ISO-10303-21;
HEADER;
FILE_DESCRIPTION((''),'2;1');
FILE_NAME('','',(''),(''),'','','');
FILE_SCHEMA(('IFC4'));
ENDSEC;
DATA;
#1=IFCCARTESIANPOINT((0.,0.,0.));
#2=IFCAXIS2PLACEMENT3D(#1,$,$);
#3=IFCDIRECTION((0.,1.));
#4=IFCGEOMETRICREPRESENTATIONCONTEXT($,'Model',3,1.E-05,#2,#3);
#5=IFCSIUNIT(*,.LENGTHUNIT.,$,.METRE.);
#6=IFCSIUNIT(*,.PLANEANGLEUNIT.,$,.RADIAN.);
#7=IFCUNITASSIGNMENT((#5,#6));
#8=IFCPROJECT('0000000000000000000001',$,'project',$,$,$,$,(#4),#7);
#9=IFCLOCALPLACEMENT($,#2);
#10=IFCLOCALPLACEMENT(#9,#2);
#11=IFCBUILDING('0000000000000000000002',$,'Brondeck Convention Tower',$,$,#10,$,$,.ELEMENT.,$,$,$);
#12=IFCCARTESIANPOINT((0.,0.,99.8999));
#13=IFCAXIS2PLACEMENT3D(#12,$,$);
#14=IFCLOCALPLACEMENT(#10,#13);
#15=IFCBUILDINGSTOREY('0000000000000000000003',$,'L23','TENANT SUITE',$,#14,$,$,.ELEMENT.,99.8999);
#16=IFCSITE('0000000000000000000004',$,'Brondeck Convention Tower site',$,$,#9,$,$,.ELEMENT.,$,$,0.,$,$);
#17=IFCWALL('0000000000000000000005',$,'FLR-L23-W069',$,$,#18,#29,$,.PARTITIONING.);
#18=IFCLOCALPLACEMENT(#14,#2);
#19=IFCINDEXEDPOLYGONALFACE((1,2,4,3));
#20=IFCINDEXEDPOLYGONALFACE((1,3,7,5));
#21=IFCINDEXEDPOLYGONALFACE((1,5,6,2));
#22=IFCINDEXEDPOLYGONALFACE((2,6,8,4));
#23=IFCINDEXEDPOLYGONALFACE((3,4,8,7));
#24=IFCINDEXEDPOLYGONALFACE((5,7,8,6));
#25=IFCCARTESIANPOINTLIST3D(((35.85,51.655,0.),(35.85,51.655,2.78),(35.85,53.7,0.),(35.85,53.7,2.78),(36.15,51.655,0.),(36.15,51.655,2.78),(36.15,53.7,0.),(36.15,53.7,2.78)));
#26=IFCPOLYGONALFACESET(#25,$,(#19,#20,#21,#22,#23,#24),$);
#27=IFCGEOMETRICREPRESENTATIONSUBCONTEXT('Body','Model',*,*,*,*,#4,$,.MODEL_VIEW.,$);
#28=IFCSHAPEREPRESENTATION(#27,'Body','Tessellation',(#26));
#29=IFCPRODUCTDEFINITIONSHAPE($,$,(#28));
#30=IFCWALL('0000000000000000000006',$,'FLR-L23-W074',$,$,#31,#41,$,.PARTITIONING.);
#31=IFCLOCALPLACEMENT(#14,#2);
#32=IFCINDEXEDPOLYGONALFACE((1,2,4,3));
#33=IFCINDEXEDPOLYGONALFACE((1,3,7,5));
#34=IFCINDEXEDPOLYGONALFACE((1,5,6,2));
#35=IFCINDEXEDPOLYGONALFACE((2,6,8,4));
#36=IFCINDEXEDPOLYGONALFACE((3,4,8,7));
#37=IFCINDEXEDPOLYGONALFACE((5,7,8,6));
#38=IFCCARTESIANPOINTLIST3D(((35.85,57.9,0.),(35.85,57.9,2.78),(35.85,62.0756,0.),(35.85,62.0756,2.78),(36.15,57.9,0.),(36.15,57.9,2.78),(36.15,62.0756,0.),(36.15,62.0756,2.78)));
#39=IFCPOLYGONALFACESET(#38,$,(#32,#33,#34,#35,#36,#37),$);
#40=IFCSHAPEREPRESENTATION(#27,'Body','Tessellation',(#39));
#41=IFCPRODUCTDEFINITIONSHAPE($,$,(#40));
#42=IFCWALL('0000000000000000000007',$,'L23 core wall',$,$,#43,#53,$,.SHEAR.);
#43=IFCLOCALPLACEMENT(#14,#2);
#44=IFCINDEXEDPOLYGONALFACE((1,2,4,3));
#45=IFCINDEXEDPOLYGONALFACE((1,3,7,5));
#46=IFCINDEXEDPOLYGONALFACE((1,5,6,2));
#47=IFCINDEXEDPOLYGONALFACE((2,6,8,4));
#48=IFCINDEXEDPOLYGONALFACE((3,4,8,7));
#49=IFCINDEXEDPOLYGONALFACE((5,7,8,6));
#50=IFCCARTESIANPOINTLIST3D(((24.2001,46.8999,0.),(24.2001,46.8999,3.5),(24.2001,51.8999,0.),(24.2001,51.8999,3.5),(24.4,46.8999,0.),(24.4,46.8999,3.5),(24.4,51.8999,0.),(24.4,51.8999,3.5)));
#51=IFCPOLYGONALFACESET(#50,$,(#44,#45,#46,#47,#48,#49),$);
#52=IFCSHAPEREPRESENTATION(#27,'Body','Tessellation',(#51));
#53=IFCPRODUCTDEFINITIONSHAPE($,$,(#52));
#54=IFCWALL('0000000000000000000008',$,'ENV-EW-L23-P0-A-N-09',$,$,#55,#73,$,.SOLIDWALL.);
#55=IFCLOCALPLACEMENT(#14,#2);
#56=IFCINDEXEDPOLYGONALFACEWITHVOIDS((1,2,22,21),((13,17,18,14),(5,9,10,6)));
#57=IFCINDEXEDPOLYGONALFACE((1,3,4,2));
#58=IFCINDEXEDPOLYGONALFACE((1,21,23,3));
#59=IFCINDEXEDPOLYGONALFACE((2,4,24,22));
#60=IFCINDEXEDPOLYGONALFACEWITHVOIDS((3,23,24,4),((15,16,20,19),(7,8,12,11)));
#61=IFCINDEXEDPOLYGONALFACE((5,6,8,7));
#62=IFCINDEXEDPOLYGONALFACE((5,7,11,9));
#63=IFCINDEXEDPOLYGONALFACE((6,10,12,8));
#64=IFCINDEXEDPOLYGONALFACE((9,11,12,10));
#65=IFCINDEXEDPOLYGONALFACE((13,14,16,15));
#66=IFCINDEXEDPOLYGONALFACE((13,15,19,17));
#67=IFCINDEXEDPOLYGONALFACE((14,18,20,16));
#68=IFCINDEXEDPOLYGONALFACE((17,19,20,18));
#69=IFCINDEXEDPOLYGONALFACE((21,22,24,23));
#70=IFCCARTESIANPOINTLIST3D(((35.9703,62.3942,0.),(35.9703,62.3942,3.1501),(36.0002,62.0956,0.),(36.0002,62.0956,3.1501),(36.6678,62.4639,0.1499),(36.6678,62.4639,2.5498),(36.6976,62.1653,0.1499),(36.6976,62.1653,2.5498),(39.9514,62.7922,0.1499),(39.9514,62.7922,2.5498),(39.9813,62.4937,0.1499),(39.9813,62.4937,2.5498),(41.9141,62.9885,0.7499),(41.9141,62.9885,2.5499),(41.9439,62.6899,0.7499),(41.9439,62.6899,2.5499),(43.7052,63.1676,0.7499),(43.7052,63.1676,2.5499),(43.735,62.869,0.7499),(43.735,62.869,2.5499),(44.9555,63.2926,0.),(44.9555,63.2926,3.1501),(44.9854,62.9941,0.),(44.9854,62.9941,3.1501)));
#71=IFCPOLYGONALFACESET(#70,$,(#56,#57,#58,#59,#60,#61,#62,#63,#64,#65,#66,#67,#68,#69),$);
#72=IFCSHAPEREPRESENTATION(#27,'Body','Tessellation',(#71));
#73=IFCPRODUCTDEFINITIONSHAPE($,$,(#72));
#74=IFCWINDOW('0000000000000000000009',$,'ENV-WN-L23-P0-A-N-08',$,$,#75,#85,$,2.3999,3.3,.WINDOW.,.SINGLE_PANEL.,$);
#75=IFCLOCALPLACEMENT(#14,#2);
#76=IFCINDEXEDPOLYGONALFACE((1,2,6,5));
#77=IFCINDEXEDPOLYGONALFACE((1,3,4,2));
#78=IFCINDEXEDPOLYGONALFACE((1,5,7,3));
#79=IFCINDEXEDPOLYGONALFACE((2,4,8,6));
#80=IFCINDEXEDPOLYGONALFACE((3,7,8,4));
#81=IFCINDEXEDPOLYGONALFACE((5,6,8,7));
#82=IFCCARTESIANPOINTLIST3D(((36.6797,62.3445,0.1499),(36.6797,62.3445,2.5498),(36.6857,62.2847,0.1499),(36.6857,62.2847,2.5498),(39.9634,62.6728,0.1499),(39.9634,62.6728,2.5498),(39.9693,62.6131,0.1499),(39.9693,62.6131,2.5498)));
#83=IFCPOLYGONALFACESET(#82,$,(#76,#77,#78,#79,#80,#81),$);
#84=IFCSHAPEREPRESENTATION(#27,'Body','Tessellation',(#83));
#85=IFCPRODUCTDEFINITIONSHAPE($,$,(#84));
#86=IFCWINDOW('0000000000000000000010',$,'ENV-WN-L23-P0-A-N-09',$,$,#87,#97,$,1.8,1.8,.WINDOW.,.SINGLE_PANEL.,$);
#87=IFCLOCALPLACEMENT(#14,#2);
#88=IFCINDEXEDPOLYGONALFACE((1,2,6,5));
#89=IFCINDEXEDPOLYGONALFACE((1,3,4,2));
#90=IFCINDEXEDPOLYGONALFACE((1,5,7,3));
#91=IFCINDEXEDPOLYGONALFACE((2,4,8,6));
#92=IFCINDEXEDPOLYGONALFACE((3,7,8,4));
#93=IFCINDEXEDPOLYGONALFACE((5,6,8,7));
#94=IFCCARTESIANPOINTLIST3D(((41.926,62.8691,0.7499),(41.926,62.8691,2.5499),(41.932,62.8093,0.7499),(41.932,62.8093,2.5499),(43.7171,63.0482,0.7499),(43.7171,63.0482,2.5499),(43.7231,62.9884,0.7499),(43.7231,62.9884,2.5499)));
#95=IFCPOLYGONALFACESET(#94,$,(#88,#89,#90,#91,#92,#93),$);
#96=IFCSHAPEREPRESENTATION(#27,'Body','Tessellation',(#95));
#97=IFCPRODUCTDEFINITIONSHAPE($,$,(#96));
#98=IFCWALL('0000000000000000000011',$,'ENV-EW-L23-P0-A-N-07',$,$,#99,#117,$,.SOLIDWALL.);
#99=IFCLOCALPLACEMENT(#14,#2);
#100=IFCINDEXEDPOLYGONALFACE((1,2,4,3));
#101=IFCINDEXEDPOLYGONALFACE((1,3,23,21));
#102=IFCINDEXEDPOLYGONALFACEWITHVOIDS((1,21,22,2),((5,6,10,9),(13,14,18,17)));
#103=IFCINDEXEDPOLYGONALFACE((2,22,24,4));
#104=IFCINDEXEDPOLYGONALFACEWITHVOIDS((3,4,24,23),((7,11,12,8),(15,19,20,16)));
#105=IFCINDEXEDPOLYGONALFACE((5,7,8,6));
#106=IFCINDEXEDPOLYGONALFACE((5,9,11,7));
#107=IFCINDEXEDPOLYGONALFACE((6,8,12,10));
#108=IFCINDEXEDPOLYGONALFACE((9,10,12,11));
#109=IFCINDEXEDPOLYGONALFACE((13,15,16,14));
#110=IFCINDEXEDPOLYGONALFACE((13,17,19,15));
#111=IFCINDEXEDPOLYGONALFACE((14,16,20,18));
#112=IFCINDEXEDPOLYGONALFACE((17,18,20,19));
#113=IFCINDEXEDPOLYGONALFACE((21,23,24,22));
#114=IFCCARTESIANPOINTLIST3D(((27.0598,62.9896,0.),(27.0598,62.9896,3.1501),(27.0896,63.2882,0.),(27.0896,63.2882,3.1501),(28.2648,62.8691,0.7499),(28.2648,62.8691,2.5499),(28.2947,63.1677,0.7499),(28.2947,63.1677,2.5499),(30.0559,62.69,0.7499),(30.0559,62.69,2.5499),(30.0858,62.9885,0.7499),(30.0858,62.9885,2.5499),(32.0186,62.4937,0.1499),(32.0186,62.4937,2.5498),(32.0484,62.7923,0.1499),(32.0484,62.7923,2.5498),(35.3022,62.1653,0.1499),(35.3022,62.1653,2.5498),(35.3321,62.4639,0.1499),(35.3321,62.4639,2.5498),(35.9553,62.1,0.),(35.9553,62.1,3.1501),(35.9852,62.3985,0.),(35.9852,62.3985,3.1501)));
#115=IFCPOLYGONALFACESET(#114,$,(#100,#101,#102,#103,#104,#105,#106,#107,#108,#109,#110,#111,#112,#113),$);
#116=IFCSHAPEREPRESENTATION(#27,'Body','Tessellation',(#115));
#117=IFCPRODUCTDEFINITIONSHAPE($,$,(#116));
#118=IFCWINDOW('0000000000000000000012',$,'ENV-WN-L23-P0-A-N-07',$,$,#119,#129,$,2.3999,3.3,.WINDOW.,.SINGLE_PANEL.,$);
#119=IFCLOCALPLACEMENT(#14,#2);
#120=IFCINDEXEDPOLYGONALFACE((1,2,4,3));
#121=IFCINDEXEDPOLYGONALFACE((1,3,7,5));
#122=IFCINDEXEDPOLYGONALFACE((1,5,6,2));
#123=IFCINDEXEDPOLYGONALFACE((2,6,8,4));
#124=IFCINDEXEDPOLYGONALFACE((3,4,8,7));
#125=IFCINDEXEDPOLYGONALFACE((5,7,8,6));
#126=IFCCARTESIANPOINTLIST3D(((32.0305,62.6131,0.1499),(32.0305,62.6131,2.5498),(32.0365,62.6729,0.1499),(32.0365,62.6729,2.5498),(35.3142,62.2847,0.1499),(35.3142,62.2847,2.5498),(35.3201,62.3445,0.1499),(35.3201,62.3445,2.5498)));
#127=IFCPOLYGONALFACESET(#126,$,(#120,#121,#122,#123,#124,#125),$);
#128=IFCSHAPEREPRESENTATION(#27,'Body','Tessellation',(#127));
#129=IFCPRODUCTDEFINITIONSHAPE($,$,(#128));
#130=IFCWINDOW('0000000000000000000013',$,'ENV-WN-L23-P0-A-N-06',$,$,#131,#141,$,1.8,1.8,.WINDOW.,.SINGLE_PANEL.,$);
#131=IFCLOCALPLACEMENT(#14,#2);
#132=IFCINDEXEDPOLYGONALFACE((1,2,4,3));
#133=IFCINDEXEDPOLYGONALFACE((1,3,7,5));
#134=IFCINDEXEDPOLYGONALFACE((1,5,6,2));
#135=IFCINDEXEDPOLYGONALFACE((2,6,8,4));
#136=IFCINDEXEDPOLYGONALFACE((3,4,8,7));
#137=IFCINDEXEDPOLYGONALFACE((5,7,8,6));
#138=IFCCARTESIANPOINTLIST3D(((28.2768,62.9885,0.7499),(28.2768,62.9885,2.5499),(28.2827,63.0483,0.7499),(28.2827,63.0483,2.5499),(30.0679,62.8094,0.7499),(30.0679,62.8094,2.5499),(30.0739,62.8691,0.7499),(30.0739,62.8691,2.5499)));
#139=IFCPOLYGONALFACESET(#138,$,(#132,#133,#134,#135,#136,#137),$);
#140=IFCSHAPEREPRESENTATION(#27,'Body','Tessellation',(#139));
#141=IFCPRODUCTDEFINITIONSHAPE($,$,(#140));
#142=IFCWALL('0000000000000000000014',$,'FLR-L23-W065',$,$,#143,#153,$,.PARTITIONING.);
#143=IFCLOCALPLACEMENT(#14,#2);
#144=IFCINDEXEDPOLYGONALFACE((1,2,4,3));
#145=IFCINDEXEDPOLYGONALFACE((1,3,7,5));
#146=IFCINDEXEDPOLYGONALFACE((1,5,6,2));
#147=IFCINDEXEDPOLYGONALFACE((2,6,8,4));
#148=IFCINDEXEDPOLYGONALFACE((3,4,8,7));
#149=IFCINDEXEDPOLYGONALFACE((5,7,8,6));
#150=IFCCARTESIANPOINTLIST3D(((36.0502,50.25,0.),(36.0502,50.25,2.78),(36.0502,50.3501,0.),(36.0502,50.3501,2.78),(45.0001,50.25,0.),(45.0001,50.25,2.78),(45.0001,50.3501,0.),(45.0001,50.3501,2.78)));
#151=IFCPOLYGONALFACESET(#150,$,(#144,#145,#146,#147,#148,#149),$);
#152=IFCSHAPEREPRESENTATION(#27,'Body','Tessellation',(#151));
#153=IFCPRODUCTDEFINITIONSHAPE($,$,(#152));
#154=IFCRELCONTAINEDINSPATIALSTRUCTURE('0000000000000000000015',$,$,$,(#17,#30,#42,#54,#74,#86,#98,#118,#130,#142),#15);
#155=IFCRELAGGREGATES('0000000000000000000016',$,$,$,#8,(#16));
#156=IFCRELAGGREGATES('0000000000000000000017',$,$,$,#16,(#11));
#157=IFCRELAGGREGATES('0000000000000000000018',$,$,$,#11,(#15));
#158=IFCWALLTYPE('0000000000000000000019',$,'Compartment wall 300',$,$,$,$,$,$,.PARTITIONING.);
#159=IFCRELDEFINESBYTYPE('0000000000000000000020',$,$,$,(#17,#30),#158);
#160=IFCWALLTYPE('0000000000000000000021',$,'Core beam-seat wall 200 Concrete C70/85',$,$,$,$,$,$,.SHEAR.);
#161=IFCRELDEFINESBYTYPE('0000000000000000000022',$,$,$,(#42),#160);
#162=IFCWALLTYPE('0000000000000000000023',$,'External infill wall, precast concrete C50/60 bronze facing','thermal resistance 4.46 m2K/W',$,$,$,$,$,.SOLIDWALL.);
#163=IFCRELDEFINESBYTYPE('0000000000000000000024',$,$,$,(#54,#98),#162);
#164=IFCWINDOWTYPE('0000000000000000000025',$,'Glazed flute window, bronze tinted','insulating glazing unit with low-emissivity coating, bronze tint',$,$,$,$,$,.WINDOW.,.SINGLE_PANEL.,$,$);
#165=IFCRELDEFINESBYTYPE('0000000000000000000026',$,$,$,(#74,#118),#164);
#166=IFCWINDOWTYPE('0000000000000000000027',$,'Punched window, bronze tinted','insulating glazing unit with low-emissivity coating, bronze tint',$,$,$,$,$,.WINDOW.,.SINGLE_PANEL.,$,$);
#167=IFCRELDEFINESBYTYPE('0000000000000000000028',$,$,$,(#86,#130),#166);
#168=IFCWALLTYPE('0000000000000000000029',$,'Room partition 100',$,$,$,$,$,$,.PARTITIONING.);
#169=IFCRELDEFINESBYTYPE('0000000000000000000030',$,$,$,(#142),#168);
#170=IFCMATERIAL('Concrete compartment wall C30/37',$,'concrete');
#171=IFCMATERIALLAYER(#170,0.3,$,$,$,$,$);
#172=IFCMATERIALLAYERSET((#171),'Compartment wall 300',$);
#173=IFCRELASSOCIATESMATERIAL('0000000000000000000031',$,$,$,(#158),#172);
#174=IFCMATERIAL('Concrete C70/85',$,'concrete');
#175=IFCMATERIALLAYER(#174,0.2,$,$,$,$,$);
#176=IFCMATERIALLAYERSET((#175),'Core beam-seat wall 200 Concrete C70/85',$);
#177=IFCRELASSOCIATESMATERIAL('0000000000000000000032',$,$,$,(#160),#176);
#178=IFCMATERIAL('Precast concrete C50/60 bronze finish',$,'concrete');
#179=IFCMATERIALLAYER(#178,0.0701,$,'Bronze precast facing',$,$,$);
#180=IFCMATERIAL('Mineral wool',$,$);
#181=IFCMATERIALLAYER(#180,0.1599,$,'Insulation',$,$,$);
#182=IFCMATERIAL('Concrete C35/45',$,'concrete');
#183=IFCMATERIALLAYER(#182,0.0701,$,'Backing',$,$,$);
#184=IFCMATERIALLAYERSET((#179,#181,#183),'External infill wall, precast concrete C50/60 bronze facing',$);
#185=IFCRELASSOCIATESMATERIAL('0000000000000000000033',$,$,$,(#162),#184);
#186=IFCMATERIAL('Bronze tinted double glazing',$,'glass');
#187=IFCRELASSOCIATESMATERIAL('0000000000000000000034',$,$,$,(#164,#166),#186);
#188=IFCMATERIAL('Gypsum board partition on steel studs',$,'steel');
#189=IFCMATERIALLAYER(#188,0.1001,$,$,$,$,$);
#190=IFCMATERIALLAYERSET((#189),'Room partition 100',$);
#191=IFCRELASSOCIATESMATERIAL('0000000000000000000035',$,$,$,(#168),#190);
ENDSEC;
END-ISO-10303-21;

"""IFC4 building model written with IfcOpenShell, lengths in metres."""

from ifc_helpers import new_model, si_unit, direction, frame, frame_2d, origin, place, context, subcontext, project, spatial, rectangle, extrude, material, layer, layer_set, type_object, element, fill, save


model = new_model("IFC4")

# Units and contexts
model_context = context("Model", 3, precision=1e-05, world=origin(), true_north=direction((0.0, 1.0)))
body_context = subcontext(model_context, "Body", "Model", "MODEL_VIEW")
ifc_project = project(units=[si_unit("LENGTHUNIT", "METRE"), si_unit("PLANEANGLEUNIT", "RADIAN")], contexts=[model_context])

# Site, building, storey
site_placement = place(None, origin())
site = spatial("IfcSite", under=ifc_project, at=site_placement, Name="Brondeck Convention Tower site", CompositionType="ELEMENT", RefElevation=0.0)
building_placement = place(site_placement, origin())
building = spatial("IfcBuilding", under=site, at=building_placement, Name="Brondeck Convention Tower", CompositionType="ELEMENT")
storey_placement = place(building_placement, frame((0.0, 0.0, 99.8999)))
storey = spatial("IfcBuildingStorey", under=building, at=storey_placement, Name="L23", Description="TENANT SUITE", CompositionType="ELEMENT", Elevation=99.8999)

# Shared definitions
ifc_material_1 = material(Name="Concrete C70/85", Category="concrete")

# Walls
ifc_material_2 = material(Name="Concrete compartment wall C30/37", Category="concrete")
ifc_layer_1 = layer(ifc_material_2, 0.3)
ifc_layer_set_1 = layer_set([ifc_layer_1], Name="Compartment wall 300")
wall_type_1 = type_object("IfcWallType", Name="Compartment wall 300", PredefinedType="PARTITIONING", material=ifc_layer_set_1)
wall_1_placement = place(storey_placement, frame((36.0, 51.655, 0.0), z_axis=(0.0, 0.0, 1.0), x_axis=(0.0, 1.0, 0.0)))
element("IfcWall", 1, at=wall_1_placement, inside=storey, type_object=wall_type_1, Name="FLR-L23-W069", PredefinedType="PARTITIONING", context=body_context, shape_type="SweptSolid", body=[
    extrude(rectangle(XDim=2.0449, YDim=0.3, at=frame_2d((1.0225, 0.0))), origin(), (0.0, 0.0, 1.0), 2.78),
])
wall_2_placement = place(storey_placement, frame((36.0, 57.8999, 0.0), z_axis=(0.0, 0.0, 1.0), x_axis=(0.0, 1.0, 0.0)))
element("IfcWall", 2, at=wall_2_placement, inside=storey, type_object=wall_type_1, Name="FLR-L23-W074", PredefinedType="PARTITIONING", context=body_context, shape_type="SweptSolid", body=[
    extrude(rectangle(XDim=4.1755, YDim=0.3, at=frame_2d((2.0879, 0.0))), origin(), (0.0, 0.0, 1.0), 2.78),
])
ifc_layer_2 = layer(ifc_material_1, 0.2)
ifc_layer_set_2 = layer_set([ifc_layer_2], Name="Core beam-seat wall 200 Concrete C70/85")
wall_type_2 = type_object("IfcWallType", Name="Core beam-seat wall 200 Concrete C70/85", PredefinedType="SHEAR", material=ifc_layer_set_2)
wall_3_placement = place(storey_placement, frame((24.3, 46.8999, 0.0), z_axis=(0.0, 0.0, 1.0), x_axis=(0.0, 1.0, 0.0)))
element("IfcWall", 3, at=wall_3_placement, inside=storey, type_object=wall_type_2, Name="L23 core wall", PredefinedType="SHEAR", context=body_context, shape_type="SweptSolid", body=[
    extrude(rectangle(XDim=5.0, YDim=0.2, at=frame_2d((2.5, 0.0))), origin(), (0.0, 0.0, 1.0), 3.5),
])

# Walls, openings, windows
ifc_material_3 = material(Name="Precast concrete C50/60 bronze finish", Category="concrete")
ifc_layer_3 = layer(ifc_material_3, 0.0701, Name="Bronze precast facing")
ifc_material_4 = material(Name="Mineral wool")
ifc_layer_4 = layer(ifc_material_4, 0.1599, Name="Insulation")
ifc_material_5 = material(Name="Concrete C35/45", Category="concrete")
ifc_layer_5 = layer(ifc_material_5, 0.0701, Name="Backing")
ifc_layer_set_3 = layer_set([ifc_layer_3, ifc_layer_4, ifc_layer_5], Name="External infill wall, precast concrete C50/60 bronze facing")
wall_type_3 = type_object("IfcWallType", Name="External infill wall, precast concrete C50/60 bronze facing", Description="thermal resistance 4.46 m2K/W", PredefinedType="SOLIDWALL", material=ifc_layer_set_3)
wall_4_placement = place(storey_placement, frame((35.9851, 62.2449, 0.0), z_axis=(0.0, 0.0, 1.0), x_axis=(0.995038, 0.099496, 0.0)))
wall_4 = element("IfcWall", 4, at=wall_4_placement, inside=storey, type_object=wall_type_3, Name="ENV-EW-L23-P0-A-N-09", PredefinedType="SOLIDWALL", context=body_context, shape_type="SweptSolid", body=[
    extrude(rectangle(XDim=9.03, YDim=0.3, at=frame_2d((4.5151, 0.0))), origin(), (0.0, 0.0, 1.0), 3.1501),
])
opening_1_placement = place(wall_4_placement, frame((0.7012, 0.0, 0.1499)))
opening_1 = element("IfcOpeningElement", 5, at=opening_1_placement, cuts=wall_4, PredefinedType="OPENING", context=body_context, shape_type="SweptSolid", body=[
    extrude(rectangle(XDim=3.3, YDim=2.3999, at=frame_2d((1.6499, 1.2))), frame((0.0, 0.1599, 0.0), z_axis=(0.0, -1.0, 0.0), x_axis=(1.0, 0.0, 0.0)), (0.0, 0.0, 1.0), 0.3201),
])
opening_2_placement = place(wall_4_placement, frame((5.9736, 0.0, 0.75)))
opening_2 = element("IfcOpeningElement", 6, at=opening_2_placement, cuts=wall_4, PredefinedType="OPENING", context=body_context, shape_type="SweptSolid", body=[
    extrude(rectangle(XDim=1.8, YDim=1.8, at=frame_2d((0.8999, 0.8999))), frame((0.0, 0.1599, 0.0), z_axis=(0.0, -1.0, 0.0), x_axis=(1.0, 0.0, 0.0)), (0.0, 0.0, 1.0), 0.3201),
])
ifc_material_6 = material(Name="Bronze tinted double glazing", Category="glass")
window_type_1 = type_object("IfcWindowType", Name="Glazed flute window, bronze tinted", Description="insulating glazing unit with low-emissivity coating, bronze tint", PartitioningType="SINGLE_PANEL", PredefinedType="WINDOW", material=ifc_material_6)
window_1_placement = place(opening_1_placement, origin())
window_1 = element("IfcWindow", 7, at=window_1_placement, inside=storey, type_object=window_type_1, Name="ENV-WN-L23-P0-A-N-08", OverallHeight=2.3999, OverallWidth=3.3, PartitioningType="SINGLE_PANEL", PredefinedType="WINDOW", context=body_context, shape_type="SweptSolid", body=[
    extrude(rectangle(XDim=3.3, YDim=2.3999, at=frame_2d((1.6499, 1.2))), frame((0.0, 0.03, 0.0), z_axis=(0.0, -1.0, 0.0), x_axis=(1.0, 0.0, 0.0)), (0.0, 0.0, 1.0), 0.0601),
])
fill(opening_1, window_1)
window_type_2 = type_object("IfcWindowType", Name="Punched window, bronze tinted", Description="insulating glazing unit with low-emissivity coating, bronze tint", PartitioningType="SINGLE_PANEL", PredefinedType="WINDOW", material=ifc_material_6)
window_2_placement = place(opening_2_placement, origin())
window_2 = element("IfcWindow", 8, at=window_2_placement, inside=storey, type_object=window_type_2, Name="ENV-WN-L23-P0-A-N-09", OverallHeight=1.8, OverallWidth=1.8, PartitioningType="SINGLE_PANEL", PredefinedType="WINDOW", context=body_context, shape_type="SweptSolid", body=[
    extrude(rectangle(XDim=1.8, YDim=1.8, at=frame_2d((0.8999, 0.8999))), frame((0.0, 0.03, 0.0), z_axis=(0.0, -1.0, 0.0), x_axis=(1.0, 0.0, 0.0)), (0.0, 0.0, 1.0), 0.0601),
])
fill(opening_2, window_2)
wall_5_placement = place(storey_placement, frame((27.0747, 63.1389, 0.0), z_axis=(0.0, 0.0, 1.0), x_axis=(0.995036, -0.099515, 0.0)))
wall_5 = element("IfcWall", 9, at=wall_5_placement, inside=storey, type_object=wall_type_3, Name="ENV-EW-L23-P0-A-N-07", PredefinedType="SOLIDWALL", context=body_context, shape_type="SweptSolid", body=[
    extrude(rectangle(XDim=8.9399, YDim=0.3, at=frame_2d((4.47, 0.0))), origin(), (0.0, 0.0, 1.0), 3.1501),
])
opening_3_placement = place(wall_5_placement, frame((1.2112, 0.0, 0.75)))
opening_3 = element("IfcOpeningElement", 10, at=opening_3_placement, cuts=wall_5, PredefinedType="OPENING", context=body_context, shape_type="SweptSolid", body=[
    extrude(rectangle(XDim=1.8, YDim=1.8, at=frame_2d((0.8999, 0.8999))), frame((0.0, 0.1599, 0.0), z_axis=(0.0, -1.0, 0.0), x_axis=(1.0, 0.0, 0.0)), (0.0, 0.0, 1.0), 0.3201),
])
opening_4_placement = place(wall_5_placement, frame((4.9836, 0.0, 0.1499)))
opening_4 = element("IfcOpeningElement", 11, at=opening_4_placement, cuts=wall_5, PredefinedType="OPENING", context=body_context, shape_type="SweptSolid", body=[
    extrude(rectangle(XDim=3.3, YDim=2.3999, at=frame_2d((1.6499, 1.2))), frame((0.0, 0.1599, 0.0), z_axis=(0.0, -1.0, 0.0), x_axis=(1.0, 0.0, 0.0)), (0.0, 0.0, 1.0), 0.3201),
])
window_3_placement = place(opening_4_placement, origin())
window_3 = element("IfcWindow", 12, at=window_3_placement, inside=storey, type_object=window_type_1, Name="ENV-WN-L23-P0-A-N-07", OverallHeight=2.3999, OverallWidth=3.3, PartitioningType="SINGLE_PANEL", PredefinedType="WINDOW", context=body_context, shape_type="SweptSolid", body=[
    extrude(rectangle(XDim=3.3, YDim=2.3999, at=frame_2d((1.6499, 1.2))), frame((0.0, 0.03, 0.0), z_axis=(0.0, -1.0, 0.0), x_axis=(1.0, 0.0, 0.0)), (0.0, 0.0, 1.0), 0.0601),
])
fill(opening_4, window_3)
window_4_placement = place(opening_3_placement, origin())
window_4 = element("IfcWindow", 13, at=window_4_placement, inside=storey, type_object=window_type_2, Name="ENV-WN-L23-P0-A-N-06", OverallHeight=1.8, OverallWidth=1.8, PartitioningType="SINGLE_PANEL", PredefinedType="WINDOW", context=body_context, shape_type="SweptSolid", body=[
    extrude(rectangle(XDim=1.8, YDim=1.8, at=frame_2d((0.8999, 0.8999))), frame((0.0, 0.03, 0.0), z_axis=(0.0, -1.0, 0.0), x_axis=(1.0, 0.0, 0.0)), (0.0, 0.0, 1.0), 0.0601),
])
fill(opening_3, window_4)

# Wall
ifc_material_7 = material(Name="Gypsum board partition on steel studs", Category="steel")
ifc_layer_6 = layer(ifc_material_7, 0.1001)
ifc_layer_set_4 = layer_set([ifc_layer_6], Name="Room partition 100")
wall_type_4 = type_object("IfcWallType", Name="Room partition 100", PredefinedType="PARTITIONING", material=ifc_layer_set_4)
wall_6_placement = place(storey_placement, frame((36.05, 50.3, 0.0), z_axis=(0.0, 0.0, 1.0), x_axis=(1.0, 0.0, 0.0)))
element("IfcWall", 14, at=wall_6_placement, inside=storey, type_object=wall_type_4, Name="FLR-L23-W065", PredefinedType="PARTITIONING", context=body_context, shape_type="SweptSolid", body=[
    extrude(rectangle(XDim=8.95, YDim=0.1001, at=frame_2d((4.4751, 0.0))), origin(), (0.0, 0.0, 1.0), 2.78),
])

save(model, "model.ifc")
